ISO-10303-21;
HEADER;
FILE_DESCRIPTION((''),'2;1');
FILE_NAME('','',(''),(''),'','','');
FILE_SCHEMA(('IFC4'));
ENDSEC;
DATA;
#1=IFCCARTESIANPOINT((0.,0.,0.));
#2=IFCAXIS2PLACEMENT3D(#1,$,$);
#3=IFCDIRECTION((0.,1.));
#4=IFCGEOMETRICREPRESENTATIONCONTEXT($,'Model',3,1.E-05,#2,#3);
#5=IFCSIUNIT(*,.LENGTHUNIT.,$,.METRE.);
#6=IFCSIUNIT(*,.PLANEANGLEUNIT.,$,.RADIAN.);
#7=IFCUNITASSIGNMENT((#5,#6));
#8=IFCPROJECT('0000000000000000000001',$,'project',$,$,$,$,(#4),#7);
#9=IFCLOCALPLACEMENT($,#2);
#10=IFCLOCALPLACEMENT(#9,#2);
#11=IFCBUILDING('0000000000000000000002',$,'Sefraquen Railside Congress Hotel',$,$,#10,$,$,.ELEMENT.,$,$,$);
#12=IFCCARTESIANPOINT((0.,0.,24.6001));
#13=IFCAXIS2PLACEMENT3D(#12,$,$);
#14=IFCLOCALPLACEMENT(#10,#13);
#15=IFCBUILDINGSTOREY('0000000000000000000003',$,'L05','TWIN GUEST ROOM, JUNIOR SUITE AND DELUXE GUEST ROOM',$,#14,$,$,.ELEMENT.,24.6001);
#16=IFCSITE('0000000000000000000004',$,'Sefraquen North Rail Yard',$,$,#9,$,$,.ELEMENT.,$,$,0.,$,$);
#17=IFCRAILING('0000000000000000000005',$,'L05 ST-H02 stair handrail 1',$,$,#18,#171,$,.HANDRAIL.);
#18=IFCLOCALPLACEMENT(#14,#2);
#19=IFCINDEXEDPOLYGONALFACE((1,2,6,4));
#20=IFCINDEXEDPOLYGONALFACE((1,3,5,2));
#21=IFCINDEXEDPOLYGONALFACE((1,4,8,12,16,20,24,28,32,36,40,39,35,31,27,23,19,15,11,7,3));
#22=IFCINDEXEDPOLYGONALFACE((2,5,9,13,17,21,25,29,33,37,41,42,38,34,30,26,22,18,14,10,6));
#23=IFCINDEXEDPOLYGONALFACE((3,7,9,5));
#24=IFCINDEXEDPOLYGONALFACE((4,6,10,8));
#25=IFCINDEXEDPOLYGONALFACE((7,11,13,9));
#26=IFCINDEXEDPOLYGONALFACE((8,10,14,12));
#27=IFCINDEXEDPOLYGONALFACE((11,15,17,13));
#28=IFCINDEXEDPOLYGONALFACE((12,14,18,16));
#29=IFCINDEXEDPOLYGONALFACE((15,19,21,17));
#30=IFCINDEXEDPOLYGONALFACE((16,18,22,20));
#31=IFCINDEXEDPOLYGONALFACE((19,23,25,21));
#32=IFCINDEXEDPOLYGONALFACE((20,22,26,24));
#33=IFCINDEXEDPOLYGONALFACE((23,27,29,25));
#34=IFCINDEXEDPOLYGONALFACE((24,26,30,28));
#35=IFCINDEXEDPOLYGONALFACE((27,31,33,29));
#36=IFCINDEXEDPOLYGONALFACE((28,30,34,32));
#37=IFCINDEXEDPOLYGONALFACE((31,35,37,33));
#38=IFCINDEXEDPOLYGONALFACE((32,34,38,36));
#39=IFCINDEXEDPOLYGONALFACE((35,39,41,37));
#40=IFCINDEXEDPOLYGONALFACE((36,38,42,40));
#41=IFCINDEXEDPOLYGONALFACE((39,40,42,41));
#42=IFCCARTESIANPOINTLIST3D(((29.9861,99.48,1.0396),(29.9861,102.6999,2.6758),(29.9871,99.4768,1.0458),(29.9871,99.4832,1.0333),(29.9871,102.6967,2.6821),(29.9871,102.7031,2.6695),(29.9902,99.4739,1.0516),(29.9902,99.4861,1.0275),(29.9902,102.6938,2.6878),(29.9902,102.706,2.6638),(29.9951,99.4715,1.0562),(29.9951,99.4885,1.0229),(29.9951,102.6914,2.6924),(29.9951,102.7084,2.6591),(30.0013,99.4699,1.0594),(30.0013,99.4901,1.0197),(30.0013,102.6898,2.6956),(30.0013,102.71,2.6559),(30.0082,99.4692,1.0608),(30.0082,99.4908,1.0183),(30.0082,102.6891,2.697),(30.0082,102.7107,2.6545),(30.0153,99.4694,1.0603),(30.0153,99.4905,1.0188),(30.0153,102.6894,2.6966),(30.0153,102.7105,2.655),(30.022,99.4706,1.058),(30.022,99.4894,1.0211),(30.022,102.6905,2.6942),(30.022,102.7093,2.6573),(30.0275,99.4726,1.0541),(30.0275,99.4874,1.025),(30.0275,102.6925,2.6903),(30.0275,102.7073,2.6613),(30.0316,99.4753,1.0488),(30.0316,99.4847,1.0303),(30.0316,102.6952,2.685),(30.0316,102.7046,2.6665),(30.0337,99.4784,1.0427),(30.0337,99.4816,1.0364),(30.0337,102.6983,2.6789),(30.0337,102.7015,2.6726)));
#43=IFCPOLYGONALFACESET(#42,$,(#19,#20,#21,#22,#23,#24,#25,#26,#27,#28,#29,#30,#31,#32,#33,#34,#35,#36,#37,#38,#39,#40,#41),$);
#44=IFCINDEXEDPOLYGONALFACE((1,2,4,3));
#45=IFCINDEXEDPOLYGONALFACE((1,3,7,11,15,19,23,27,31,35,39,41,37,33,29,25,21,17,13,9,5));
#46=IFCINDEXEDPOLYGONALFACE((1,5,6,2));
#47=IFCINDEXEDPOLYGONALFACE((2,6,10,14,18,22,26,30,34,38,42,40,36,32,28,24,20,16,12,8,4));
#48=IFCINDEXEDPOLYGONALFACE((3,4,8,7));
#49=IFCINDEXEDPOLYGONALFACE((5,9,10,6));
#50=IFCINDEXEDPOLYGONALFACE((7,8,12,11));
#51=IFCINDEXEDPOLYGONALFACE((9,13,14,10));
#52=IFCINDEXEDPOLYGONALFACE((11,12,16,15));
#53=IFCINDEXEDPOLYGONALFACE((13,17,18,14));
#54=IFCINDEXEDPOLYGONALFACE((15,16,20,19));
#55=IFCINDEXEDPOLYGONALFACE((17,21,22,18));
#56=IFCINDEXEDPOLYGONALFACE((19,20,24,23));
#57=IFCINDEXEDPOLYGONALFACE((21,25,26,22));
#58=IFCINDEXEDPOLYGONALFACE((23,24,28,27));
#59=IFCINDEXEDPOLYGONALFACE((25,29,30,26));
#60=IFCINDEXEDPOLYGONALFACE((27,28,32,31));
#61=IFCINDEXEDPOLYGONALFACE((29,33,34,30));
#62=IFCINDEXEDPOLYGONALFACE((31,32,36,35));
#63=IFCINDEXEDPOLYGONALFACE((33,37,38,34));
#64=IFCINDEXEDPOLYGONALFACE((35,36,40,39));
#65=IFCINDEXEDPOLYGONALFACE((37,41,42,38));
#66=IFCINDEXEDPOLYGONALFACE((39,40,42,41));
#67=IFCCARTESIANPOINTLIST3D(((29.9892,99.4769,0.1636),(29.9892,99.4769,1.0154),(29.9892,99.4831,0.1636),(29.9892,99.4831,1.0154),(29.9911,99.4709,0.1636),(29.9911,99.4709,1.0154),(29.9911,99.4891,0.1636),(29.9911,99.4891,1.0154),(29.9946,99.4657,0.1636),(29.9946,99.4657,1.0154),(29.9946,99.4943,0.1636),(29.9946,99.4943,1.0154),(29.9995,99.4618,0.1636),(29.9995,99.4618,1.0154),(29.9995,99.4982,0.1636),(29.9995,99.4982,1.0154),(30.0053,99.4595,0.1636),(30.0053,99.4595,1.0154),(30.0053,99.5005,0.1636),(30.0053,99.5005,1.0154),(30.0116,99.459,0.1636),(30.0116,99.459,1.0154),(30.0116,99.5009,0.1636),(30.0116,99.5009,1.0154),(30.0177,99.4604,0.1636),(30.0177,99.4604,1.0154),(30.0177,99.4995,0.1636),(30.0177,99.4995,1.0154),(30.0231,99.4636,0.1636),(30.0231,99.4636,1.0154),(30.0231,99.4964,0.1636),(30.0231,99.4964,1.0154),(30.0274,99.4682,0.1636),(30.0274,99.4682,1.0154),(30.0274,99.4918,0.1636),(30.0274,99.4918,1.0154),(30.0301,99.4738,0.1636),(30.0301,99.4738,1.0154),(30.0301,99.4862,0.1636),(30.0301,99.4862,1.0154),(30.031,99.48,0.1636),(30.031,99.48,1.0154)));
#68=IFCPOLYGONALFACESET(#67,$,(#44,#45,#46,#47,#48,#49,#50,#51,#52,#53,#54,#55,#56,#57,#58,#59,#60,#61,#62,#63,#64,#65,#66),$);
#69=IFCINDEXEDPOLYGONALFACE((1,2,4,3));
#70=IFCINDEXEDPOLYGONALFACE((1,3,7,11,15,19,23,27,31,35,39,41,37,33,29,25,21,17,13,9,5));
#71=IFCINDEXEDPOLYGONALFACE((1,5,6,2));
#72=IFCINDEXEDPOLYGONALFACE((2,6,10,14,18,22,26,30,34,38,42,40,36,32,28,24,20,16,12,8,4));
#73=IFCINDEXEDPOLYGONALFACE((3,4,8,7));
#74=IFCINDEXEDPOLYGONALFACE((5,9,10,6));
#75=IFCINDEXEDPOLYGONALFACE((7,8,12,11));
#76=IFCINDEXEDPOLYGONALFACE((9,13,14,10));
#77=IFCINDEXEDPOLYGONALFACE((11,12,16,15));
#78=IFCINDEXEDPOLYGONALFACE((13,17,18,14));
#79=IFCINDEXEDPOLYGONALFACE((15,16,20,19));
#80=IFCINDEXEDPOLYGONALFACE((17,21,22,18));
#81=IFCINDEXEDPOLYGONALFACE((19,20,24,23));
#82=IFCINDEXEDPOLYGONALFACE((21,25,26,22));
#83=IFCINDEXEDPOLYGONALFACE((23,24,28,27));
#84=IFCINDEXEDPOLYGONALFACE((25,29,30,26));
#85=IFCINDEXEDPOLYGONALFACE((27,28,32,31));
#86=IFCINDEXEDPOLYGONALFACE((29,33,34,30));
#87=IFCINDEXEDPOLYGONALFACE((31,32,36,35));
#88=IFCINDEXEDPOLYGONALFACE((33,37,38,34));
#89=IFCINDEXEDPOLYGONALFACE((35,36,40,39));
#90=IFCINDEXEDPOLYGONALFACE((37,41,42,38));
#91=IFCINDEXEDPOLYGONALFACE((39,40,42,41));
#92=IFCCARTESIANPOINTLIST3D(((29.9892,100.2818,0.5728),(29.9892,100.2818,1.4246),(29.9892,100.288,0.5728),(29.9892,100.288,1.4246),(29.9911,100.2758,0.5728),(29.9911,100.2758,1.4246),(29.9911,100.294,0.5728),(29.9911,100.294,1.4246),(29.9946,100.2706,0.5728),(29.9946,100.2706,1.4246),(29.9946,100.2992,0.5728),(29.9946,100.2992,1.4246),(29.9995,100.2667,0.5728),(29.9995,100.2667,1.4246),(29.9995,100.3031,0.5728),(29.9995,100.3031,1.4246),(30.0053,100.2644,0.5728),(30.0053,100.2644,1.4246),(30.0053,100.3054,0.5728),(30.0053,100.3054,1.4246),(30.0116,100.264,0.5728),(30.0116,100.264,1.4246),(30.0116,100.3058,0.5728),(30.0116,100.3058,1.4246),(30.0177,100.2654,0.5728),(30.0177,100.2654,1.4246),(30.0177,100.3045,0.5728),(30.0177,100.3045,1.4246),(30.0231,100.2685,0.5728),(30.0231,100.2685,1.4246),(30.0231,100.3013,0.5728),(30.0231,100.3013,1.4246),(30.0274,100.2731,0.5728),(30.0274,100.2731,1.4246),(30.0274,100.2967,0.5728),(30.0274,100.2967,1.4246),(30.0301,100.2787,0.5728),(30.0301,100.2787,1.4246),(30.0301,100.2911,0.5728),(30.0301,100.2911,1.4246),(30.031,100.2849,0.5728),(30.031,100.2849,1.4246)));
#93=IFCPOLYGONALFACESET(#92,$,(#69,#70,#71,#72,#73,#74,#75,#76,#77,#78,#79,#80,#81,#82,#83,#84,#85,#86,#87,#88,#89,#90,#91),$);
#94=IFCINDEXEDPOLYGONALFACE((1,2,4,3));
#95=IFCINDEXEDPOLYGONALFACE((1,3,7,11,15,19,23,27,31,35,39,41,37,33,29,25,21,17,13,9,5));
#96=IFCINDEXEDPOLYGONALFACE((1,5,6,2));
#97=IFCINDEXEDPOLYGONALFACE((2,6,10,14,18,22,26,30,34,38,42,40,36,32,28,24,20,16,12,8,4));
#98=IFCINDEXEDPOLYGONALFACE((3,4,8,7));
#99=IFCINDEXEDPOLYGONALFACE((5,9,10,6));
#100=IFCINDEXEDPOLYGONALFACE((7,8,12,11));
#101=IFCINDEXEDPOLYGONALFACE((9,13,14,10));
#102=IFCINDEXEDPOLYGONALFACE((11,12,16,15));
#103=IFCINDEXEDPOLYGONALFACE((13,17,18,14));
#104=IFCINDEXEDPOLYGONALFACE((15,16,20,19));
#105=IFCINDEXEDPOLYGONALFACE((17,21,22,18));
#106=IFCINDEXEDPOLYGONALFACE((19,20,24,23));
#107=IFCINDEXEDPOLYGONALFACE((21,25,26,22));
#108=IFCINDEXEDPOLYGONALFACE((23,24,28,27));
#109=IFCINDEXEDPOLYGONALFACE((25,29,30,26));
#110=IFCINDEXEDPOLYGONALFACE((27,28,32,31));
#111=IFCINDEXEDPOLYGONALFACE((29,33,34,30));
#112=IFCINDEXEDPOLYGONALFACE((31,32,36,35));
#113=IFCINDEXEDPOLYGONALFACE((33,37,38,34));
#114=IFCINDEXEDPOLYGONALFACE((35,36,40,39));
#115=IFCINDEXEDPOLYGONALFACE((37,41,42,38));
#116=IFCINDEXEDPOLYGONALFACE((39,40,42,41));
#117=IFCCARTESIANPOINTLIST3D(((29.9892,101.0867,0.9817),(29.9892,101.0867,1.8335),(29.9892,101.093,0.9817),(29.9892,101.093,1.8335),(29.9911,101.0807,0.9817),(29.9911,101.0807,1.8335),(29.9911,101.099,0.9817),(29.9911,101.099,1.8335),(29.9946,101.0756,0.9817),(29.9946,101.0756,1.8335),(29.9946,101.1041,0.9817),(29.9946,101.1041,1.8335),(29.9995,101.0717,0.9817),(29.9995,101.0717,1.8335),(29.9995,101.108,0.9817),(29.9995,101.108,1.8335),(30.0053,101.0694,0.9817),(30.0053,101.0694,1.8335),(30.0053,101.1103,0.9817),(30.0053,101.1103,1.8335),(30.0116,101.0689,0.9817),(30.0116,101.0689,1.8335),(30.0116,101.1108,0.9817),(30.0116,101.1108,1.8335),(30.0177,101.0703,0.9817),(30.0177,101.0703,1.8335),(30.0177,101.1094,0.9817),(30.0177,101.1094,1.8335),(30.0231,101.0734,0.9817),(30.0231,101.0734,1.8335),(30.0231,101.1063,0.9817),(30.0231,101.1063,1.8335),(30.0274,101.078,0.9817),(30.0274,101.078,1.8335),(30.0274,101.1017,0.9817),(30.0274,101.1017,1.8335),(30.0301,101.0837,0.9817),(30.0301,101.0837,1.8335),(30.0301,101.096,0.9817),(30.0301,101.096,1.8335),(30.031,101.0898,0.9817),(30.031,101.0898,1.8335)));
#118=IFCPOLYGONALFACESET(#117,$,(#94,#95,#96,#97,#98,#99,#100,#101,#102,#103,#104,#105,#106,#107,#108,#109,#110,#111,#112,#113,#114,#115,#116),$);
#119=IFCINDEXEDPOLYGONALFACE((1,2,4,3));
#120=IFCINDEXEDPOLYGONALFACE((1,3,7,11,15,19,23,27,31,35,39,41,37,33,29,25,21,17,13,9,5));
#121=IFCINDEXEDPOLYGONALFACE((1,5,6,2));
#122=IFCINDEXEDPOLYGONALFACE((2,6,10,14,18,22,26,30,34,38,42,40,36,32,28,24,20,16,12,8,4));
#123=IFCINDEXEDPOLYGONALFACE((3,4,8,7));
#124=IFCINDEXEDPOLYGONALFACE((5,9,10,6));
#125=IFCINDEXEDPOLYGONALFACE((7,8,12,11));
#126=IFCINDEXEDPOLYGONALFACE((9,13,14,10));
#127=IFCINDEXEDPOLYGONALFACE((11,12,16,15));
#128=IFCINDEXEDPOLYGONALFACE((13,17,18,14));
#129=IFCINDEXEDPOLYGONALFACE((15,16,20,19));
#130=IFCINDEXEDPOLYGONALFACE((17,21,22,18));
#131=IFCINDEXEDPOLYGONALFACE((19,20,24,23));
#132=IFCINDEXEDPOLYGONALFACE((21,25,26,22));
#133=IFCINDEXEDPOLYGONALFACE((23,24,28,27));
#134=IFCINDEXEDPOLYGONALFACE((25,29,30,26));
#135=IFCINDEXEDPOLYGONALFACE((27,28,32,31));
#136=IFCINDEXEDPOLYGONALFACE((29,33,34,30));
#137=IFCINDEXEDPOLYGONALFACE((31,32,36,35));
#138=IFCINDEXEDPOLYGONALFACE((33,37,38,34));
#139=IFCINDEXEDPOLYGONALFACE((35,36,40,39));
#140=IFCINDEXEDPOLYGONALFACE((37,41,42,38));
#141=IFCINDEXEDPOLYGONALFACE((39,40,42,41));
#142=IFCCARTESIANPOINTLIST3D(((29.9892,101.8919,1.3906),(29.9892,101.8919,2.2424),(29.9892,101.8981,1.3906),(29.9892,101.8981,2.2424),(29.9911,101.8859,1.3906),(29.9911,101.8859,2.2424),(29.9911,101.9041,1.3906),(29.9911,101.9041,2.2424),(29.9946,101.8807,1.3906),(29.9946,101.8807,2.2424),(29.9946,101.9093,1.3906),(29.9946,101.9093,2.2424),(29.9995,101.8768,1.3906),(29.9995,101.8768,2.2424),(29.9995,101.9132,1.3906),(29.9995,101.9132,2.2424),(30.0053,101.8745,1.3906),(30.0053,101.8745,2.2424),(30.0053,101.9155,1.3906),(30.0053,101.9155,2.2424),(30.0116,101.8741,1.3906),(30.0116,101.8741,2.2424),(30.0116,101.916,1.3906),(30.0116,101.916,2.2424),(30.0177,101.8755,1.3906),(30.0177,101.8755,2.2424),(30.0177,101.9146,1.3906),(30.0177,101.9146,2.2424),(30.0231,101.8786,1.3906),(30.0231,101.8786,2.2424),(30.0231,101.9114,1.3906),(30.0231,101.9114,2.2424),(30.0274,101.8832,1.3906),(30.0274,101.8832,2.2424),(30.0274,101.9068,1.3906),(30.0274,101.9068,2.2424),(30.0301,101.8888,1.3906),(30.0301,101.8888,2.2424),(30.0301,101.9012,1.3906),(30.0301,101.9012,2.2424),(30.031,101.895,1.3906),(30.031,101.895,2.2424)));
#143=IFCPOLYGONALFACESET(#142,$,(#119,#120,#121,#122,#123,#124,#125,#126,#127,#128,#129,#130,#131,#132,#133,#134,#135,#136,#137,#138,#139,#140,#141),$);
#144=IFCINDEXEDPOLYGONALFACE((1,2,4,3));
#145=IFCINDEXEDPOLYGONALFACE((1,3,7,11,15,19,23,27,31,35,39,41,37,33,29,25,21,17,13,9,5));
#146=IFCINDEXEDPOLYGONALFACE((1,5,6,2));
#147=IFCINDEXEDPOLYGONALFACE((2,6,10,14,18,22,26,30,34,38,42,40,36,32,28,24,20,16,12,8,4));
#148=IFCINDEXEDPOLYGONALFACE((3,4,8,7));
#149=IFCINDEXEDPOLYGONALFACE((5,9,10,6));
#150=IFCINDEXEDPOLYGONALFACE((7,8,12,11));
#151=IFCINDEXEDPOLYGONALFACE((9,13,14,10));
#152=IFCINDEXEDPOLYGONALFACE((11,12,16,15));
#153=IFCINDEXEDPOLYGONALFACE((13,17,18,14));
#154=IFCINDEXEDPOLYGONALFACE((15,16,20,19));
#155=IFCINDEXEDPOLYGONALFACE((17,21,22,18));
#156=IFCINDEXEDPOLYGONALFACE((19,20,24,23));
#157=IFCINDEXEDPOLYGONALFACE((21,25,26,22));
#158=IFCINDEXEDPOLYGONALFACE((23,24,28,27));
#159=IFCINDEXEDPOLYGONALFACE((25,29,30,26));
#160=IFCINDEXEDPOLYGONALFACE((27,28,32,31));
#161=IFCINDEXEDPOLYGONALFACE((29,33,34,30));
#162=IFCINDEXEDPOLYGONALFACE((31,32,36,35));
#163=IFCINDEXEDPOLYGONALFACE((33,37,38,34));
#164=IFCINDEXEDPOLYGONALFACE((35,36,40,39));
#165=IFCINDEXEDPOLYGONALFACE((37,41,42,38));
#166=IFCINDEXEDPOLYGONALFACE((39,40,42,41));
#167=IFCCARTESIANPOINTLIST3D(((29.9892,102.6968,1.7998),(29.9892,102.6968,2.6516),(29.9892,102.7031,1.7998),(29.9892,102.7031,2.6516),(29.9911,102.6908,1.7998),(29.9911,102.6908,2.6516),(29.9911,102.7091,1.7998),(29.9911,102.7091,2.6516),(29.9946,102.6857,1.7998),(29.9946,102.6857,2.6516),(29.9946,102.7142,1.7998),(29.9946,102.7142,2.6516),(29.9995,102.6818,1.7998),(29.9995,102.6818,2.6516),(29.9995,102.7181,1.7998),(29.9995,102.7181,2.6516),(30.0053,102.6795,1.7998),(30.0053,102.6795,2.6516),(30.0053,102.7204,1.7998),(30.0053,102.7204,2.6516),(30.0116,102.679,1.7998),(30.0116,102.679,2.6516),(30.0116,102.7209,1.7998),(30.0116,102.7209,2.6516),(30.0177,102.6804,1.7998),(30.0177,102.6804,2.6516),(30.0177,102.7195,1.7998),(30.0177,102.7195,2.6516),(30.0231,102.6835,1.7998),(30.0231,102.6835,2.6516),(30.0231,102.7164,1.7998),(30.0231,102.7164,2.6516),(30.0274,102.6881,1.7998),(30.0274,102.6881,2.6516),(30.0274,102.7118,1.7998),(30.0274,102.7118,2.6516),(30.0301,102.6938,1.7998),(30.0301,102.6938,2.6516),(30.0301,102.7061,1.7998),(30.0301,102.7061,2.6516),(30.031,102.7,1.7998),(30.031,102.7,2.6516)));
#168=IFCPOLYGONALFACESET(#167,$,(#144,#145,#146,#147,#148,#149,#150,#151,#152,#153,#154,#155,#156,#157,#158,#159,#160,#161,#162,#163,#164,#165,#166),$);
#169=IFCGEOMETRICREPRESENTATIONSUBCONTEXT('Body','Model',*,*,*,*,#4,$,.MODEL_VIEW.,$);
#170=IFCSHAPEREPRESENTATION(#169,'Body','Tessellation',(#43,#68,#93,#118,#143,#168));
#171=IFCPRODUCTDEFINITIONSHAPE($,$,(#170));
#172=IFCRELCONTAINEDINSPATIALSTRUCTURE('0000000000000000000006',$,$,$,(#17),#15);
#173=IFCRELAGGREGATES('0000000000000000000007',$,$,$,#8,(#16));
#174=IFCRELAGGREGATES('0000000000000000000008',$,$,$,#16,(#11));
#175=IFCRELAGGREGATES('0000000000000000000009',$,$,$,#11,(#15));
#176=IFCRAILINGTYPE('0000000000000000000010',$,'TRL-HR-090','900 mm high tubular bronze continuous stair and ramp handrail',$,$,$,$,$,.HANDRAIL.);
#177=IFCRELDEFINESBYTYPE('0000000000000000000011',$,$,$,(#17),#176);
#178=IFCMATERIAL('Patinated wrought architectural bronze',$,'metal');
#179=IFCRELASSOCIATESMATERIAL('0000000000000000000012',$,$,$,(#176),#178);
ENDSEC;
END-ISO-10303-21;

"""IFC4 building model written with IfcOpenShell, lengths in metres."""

from ifc_helpers import new_model, si_unit, direction, frame, origin, origin_2d, place, context, subcontext, project, spatial, circle, extrude, material, type_object, element, save


model = new_model("IFC4")

# Units and contexts
model_context = context("Model", 3, precision=1e-05, world=origin(), true_north=direction((0.0, 1.0)))
body_context = subcontext(model_context, "Body", "Model", "MODEL_VIEW")
ifc_project = project(units=[si_unit("LENGTHUNIT", "METRE"), si_unit("PLANEANGLEUNIT", "RADIAN")], contexts=[model_context])

# Site, building, storey
site_placement = place(None, origin())
site = spatial("IfcSite", under=ifc_project, at=site_placement, Name="Sefraquen North Rail Yard", CompositionType="ELEMENT", RefElevation=0.0)
building_placement = place(site_placement, origin())
building = spatial("IfcBuilding", under=site, at=building_placement, Name="Sefraquen Railside Congress Hotel", CompositionType="ELEMENT")
storey_placement = place(building_placement, frame((0.0, 0.0, 24.6001)))
storey = spatial("IfcBuildingStorey", under=building, at=storey_placement, Name="L05", Description="TWIN GUEST ROOM, JUNIOR SUITE AND DELUXE GUEST ROOM", CompositionType="ELEMENT", Elevation=24.6001)

# Railing
ifc_material_1 = material(Name="Patinated wrought architectural bronze", Category="metal")
railing_type_1 = type_object("IfcRailingType", Name="TRL-HR-090", Description="900 mm high tubular bronze continuous stair and ramp handrail", PredefinedType="HANDRAIL", material=ifc_material_1)
railing_1_placement = place(storey_placement, frame((30.01, 99.48, 0.1636)))
element("IfcRailing", 1, at=railing_1_placement, inside=storey, type_object=railing_type_1, Name="L05 ST-H02 stair handrail 1", PredefinedType="HANDRAIL", context=body_context, shape_type="SweptSolid", body=[
    extrude(circle(Radius=0.0239, at=origin_2d()), frame((0.0, 0.0, 0.876), z_axis=(0.0, 0.891502, 0.453017), x_axis=(-1.0, 0.0, 0.0)), (0.0, 0.0, 1.0), 3.6118),
    extrude(circle(Radius=0.021, at=origin_2d()), origin(), (0.0, 0.0, 1.0), 0.8518),
    extrude(circle(Radius=0.021, at=origin_2d()), frame((0.0, 0.8049, 0.4092)), (0.0, 0.0, 1.0), 0.8518),
    extrude(circle(Radius=0.021, at=origin_2d()), frame((0.0, 1.6099, 0.8181)), (0.0, 0.0, 1.0), 0.8518),
    extrude(circle(Radius=0.021, at=origin_2d()), frame((0.0, 2.415, 1.2271)), (0.0, 0.0, 1.0), 0.8518),
    extrude(circle(Radius=0.021, at=origin_2d()), frame((0.0, 3.22, 1.6362)), (0.0, 0.0, 1.0), 0.8518),
])

save(model, "model.ifc")
